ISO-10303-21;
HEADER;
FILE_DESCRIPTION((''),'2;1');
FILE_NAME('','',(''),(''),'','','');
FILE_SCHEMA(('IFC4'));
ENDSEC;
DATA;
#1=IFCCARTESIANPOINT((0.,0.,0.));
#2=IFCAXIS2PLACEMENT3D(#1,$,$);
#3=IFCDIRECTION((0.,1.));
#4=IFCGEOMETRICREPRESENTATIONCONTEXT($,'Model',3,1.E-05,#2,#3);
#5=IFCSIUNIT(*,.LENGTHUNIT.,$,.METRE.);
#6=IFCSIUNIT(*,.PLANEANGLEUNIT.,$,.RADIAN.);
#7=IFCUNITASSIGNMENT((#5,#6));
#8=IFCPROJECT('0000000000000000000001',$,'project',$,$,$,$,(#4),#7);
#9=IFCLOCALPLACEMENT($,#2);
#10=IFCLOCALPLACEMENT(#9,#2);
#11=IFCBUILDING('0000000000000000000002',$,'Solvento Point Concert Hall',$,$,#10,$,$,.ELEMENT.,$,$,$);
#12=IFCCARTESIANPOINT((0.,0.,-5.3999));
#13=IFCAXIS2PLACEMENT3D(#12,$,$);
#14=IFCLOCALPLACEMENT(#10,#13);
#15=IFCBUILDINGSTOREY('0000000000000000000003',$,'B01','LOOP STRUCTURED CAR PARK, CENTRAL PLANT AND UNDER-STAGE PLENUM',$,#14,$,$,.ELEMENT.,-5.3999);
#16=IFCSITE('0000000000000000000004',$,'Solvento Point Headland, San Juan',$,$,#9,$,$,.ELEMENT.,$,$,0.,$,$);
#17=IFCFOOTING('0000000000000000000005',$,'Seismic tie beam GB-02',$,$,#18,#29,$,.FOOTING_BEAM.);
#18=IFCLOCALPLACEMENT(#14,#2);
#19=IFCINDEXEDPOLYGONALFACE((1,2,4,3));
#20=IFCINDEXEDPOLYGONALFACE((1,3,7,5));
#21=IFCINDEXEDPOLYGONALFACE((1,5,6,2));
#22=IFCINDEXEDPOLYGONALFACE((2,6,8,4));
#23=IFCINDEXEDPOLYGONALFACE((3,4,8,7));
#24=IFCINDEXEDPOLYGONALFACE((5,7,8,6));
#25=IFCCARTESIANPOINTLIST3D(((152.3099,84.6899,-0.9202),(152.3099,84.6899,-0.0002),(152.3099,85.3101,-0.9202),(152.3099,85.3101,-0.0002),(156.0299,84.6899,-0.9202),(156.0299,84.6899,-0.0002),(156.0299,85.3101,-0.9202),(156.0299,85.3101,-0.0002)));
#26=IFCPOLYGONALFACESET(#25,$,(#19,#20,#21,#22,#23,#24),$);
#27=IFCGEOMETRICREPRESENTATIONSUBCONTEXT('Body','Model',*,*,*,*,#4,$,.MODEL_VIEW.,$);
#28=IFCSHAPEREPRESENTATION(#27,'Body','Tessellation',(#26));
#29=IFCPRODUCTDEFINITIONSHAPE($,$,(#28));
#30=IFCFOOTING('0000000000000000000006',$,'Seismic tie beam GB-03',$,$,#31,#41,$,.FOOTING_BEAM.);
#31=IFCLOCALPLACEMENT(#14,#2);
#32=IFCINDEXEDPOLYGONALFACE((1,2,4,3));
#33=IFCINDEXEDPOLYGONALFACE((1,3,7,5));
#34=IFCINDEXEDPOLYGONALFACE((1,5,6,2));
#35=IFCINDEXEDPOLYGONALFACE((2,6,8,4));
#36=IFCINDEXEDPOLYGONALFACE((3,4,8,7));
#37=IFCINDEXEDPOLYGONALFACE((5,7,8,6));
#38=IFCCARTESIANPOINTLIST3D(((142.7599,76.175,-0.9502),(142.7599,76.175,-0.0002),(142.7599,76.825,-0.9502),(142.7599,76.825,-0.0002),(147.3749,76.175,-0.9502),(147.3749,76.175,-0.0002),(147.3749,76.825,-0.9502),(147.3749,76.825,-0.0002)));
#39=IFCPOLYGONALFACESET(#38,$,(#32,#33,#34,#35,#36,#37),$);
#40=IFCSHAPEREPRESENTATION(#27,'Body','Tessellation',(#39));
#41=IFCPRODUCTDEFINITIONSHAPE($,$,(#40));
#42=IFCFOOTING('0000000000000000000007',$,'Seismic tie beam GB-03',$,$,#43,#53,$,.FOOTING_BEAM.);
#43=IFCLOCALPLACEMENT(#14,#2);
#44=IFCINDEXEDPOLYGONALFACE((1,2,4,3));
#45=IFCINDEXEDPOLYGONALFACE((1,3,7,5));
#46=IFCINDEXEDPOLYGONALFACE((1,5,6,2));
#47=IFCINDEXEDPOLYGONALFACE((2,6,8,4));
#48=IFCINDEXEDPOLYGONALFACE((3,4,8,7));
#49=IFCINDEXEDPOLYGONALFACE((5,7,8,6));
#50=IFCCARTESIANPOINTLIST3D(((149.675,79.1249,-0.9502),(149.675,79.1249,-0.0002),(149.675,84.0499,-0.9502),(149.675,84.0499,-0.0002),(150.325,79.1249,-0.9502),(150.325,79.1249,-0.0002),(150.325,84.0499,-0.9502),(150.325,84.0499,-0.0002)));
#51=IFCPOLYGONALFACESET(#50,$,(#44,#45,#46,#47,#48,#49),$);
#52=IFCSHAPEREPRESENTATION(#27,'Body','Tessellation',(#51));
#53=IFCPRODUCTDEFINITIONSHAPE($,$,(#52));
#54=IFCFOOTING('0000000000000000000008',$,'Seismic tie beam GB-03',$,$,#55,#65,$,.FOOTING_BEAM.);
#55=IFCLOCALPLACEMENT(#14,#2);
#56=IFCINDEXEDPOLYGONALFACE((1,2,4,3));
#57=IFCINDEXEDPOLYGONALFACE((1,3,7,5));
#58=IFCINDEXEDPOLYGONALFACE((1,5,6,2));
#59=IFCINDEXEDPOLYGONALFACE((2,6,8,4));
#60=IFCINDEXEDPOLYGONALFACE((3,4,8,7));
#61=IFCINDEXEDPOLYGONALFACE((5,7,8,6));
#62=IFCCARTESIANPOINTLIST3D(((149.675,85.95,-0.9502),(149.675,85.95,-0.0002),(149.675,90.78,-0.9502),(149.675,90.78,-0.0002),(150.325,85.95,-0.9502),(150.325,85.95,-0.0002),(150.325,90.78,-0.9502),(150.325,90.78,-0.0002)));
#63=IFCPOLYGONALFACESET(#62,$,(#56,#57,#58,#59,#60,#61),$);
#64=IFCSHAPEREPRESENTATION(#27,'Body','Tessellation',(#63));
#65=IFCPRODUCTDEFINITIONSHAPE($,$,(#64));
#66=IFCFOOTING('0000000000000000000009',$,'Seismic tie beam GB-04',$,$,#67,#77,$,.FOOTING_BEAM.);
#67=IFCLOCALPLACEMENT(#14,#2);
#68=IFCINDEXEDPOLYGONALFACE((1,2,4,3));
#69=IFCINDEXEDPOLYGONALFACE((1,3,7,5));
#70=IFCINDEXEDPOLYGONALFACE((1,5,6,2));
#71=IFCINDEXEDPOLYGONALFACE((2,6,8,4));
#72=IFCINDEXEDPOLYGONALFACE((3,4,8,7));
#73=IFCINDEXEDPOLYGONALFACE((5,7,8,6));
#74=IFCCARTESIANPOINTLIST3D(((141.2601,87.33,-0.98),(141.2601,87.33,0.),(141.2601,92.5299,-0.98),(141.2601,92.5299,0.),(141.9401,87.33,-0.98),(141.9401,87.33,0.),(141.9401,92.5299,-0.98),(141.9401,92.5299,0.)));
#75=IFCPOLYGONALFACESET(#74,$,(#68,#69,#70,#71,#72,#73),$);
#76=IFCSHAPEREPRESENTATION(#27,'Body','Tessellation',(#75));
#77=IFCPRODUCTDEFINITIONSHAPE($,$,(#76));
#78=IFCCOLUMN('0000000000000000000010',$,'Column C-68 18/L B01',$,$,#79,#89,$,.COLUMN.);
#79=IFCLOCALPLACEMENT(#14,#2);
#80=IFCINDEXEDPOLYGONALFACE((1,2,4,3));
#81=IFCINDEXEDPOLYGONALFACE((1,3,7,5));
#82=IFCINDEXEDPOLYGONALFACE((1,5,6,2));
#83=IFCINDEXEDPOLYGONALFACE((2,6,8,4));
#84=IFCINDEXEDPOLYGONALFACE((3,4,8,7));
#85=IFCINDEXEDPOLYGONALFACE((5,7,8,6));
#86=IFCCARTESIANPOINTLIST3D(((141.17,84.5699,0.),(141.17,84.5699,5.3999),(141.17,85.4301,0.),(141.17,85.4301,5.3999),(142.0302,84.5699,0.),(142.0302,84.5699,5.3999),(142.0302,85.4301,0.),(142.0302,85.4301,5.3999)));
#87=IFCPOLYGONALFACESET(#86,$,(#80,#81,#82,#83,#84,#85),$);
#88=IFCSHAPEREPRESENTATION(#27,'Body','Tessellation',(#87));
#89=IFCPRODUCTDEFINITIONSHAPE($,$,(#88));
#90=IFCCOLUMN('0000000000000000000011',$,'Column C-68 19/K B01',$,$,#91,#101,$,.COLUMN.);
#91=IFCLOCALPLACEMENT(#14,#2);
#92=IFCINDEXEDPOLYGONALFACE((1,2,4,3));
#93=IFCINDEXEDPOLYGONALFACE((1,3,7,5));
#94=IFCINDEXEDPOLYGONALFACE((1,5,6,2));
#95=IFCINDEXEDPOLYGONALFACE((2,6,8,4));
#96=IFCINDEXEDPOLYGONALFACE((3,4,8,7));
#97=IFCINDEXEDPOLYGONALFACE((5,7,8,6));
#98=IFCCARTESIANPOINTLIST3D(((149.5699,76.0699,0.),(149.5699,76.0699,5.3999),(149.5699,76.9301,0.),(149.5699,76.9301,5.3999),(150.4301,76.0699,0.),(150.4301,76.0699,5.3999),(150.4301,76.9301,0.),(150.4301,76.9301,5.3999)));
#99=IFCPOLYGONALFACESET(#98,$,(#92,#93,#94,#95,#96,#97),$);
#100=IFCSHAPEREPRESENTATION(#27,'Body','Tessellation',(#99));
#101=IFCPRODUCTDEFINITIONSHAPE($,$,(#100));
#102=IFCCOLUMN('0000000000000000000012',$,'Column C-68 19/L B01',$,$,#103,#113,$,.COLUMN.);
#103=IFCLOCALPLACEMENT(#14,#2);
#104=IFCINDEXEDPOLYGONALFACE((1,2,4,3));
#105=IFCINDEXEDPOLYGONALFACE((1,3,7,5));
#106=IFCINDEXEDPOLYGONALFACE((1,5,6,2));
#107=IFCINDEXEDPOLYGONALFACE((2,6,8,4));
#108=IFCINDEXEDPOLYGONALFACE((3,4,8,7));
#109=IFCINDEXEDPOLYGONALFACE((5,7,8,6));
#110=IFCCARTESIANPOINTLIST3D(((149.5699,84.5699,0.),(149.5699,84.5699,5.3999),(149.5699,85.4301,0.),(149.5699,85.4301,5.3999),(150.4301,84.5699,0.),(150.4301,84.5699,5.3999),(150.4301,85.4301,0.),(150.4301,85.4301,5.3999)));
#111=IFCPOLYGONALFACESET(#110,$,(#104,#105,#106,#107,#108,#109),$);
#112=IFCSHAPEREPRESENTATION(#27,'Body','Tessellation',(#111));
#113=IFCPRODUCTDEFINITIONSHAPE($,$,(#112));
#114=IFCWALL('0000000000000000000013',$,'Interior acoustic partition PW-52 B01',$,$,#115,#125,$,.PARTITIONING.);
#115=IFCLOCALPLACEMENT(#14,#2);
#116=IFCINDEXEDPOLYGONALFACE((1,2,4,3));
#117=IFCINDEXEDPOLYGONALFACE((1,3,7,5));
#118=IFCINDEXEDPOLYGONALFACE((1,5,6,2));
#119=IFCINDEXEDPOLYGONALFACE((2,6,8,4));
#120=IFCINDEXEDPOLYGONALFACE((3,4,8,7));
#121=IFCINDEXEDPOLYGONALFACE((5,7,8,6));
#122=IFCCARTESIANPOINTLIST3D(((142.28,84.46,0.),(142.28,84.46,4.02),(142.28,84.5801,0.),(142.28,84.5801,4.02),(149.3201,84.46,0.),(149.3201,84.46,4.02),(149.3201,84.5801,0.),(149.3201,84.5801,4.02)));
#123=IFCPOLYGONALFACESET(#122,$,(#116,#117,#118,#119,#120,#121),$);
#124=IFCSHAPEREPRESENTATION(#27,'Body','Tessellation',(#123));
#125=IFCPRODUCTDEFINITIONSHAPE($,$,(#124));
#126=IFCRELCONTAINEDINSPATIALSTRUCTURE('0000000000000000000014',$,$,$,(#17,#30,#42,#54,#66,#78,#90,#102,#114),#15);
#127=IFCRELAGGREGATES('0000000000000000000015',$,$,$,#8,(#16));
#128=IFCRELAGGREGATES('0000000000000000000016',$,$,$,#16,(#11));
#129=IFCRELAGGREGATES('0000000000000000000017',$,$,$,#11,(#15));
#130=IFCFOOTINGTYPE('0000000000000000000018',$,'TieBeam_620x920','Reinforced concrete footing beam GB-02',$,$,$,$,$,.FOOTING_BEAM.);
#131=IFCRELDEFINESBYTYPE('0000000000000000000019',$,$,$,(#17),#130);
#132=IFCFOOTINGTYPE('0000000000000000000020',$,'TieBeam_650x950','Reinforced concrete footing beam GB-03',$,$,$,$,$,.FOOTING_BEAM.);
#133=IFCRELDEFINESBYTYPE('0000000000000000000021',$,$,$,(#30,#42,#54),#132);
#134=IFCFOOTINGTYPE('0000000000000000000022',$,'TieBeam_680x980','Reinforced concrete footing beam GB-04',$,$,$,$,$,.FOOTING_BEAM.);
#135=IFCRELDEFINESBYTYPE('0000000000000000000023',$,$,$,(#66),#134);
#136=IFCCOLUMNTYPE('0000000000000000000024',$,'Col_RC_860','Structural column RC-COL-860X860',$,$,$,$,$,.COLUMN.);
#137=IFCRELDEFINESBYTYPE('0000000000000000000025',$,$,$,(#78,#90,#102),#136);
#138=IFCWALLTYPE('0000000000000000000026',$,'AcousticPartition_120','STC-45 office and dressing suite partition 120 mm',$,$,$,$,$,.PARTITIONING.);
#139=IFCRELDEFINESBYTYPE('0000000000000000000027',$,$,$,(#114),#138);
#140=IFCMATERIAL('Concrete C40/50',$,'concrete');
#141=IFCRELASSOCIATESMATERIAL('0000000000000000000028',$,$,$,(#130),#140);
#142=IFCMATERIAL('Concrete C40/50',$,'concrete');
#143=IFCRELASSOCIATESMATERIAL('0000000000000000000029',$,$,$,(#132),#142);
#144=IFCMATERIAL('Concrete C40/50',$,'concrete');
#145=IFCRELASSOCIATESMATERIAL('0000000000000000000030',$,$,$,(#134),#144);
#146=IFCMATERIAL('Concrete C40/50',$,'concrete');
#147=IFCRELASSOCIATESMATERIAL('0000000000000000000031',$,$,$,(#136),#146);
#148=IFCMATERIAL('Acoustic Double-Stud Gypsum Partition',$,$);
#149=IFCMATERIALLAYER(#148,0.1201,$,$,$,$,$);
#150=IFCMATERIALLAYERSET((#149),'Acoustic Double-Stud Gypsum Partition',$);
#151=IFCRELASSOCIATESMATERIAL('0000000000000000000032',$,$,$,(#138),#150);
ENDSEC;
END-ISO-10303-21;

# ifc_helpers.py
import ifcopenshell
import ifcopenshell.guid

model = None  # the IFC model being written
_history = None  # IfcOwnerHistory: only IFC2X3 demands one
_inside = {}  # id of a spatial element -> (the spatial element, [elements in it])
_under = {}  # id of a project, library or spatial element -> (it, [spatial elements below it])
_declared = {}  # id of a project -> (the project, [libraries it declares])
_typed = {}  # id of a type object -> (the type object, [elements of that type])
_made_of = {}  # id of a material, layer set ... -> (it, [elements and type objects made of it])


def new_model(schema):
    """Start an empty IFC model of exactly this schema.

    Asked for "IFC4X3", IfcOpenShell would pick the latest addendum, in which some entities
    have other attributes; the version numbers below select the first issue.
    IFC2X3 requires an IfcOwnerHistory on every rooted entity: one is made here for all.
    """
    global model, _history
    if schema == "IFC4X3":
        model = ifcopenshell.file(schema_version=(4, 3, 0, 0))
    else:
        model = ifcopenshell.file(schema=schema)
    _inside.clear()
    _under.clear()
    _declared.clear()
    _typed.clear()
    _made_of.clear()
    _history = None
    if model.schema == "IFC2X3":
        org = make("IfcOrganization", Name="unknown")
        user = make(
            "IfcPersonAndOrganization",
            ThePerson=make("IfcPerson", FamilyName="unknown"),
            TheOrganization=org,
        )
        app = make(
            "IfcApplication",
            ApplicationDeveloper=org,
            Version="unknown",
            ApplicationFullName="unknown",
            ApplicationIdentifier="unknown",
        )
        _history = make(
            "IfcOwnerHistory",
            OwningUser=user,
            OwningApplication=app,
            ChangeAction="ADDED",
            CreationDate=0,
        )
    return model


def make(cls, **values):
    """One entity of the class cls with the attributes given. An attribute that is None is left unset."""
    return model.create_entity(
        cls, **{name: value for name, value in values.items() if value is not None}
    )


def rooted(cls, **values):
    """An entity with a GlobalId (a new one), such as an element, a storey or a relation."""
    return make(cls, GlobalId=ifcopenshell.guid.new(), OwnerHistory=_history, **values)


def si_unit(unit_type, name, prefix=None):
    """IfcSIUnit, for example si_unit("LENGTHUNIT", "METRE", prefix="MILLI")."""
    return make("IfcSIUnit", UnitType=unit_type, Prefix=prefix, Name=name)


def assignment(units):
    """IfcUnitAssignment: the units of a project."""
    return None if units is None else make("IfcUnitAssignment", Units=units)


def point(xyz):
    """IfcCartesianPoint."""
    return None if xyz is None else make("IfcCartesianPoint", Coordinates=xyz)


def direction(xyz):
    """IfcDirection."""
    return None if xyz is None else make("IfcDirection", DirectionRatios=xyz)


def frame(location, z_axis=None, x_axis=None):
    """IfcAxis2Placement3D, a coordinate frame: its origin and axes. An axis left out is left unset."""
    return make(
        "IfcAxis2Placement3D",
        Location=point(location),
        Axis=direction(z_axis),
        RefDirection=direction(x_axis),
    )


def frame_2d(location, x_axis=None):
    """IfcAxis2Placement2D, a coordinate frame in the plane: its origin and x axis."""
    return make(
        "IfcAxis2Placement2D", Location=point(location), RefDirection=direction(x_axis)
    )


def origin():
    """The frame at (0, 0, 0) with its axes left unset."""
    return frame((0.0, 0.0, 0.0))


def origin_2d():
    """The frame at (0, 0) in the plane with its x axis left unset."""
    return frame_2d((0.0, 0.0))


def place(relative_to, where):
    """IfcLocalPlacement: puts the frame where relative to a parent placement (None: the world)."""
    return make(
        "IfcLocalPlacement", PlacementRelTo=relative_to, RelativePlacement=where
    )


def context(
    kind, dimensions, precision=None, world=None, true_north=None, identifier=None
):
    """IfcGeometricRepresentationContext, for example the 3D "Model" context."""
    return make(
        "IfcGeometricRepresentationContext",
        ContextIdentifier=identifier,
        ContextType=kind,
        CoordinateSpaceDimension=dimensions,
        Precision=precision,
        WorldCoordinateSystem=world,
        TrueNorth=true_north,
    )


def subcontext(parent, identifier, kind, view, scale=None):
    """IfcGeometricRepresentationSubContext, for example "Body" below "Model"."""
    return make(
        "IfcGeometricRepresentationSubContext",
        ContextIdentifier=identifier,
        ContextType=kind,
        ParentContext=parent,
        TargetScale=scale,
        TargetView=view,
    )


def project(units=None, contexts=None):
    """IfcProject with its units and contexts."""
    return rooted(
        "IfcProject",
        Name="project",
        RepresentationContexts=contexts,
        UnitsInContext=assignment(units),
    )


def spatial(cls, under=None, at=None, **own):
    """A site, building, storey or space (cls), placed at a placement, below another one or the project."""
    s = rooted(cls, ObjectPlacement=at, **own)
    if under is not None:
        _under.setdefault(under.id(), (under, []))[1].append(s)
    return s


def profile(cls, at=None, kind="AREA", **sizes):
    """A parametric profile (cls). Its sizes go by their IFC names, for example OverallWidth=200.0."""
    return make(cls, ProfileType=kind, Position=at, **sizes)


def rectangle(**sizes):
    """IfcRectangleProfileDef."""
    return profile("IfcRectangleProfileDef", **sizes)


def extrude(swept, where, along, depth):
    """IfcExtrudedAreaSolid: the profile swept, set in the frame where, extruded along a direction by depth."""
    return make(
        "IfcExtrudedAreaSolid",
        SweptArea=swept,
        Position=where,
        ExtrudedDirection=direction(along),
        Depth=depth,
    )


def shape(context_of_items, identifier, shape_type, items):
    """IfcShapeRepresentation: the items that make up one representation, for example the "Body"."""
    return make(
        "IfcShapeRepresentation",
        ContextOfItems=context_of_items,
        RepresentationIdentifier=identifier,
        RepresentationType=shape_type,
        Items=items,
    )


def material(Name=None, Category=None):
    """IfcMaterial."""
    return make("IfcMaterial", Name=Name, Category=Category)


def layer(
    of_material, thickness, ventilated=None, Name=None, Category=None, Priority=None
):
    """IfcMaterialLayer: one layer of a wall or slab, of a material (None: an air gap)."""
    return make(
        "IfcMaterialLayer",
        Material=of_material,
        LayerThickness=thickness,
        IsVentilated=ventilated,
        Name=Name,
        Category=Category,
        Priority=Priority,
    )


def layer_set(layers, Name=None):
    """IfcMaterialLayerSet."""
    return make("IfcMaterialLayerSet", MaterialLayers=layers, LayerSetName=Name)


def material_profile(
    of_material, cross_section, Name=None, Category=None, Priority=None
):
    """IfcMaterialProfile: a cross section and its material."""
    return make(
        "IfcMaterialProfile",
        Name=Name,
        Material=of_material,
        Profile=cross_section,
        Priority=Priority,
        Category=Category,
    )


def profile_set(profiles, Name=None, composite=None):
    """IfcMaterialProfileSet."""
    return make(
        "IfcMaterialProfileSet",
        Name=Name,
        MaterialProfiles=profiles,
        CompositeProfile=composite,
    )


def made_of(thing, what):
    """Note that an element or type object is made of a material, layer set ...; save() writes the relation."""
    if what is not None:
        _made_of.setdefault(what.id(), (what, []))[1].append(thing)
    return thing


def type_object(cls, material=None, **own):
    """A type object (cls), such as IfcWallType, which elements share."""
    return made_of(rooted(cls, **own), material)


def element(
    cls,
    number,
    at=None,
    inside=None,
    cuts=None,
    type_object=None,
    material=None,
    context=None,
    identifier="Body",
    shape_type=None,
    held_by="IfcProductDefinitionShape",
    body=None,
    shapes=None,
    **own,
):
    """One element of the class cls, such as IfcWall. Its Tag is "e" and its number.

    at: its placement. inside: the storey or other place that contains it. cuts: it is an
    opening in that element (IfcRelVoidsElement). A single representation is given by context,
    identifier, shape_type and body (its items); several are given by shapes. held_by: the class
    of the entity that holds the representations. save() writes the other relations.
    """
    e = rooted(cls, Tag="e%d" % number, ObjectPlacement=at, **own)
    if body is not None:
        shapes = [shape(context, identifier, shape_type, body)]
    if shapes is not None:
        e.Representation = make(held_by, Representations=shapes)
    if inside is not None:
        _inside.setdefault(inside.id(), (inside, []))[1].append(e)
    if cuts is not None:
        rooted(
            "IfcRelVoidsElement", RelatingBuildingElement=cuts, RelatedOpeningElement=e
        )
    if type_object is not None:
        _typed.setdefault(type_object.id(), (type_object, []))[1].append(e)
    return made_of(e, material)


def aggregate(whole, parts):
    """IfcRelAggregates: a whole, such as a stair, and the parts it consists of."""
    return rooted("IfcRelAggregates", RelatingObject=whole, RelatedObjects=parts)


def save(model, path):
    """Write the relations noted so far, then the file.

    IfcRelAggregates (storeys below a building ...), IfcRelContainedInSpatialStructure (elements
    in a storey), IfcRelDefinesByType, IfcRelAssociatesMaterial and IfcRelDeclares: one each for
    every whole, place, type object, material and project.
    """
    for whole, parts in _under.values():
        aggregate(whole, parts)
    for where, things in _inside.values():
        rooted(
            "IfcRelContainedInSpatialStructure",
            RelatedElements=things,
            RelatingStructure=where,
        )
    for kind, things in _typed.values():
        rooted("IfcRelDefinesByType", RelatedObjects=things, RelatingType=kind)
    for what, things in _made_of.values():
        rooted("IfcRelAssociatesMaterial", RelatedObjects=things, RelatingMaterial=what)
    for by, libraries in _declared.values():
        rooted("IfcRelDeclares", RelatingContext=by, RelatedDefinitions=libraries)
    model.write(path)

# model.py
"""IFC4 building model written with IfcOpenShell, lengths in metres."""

from ifc_helpers import new_model, si_unit, direction, frame, frame_2d, origin, origin_2d, place, context, subcontext, project, spatial, rectangle, extrude, material, layer, layer_set, material_profile, profile_set, type_object, element, save


model = new_model("IFC4")

# Units and contexts
model_context = context("Model", 3, precision=1e-05, world=origin(), true_north=direction((0.0, 1.0)))
body_context = subcontext(model_context, "Body", "Model", "MODEL_VIEW")
ifc_project = project(units=[si_unit("LENGTHUNIT", "METRE"), si_unit("PLANEANGLEUNIT", "RADIAN")], contexts=[model_context])

# Site, building, storey
site_placement = place(None, origin())
site = spatial("IfcSite", under=ifc_project, at=site_placement, Name="Solvento Point Headland, San Juan", CompositionType="ELEMENT", RefElevation=0.0)
building_placement = place(site_placement, origin())
building = spatial("IfcBuilding", under=site, at=building_placement, Name="Solvento Point Concert Hall", CompositionType="ELEMENT")
storey_placement = place(building_placement, frame((0.0, 0.0, -5.3999)))
storey = spatial("IfcBuildingStorey", under=building, at=storey_placement, Name="B01", Description="LOOP STRUCTURED CAR PARK, CENTRAL PLANT AND UNDER-STAGE PLENUM", CompositionType="ELEMENT", Elevation=-5.3999)

# Footings
ifc_material_1 = material(Name="Concrete C40/50", Category="concrete")
footing_type_1 = type_object("IfcFootingType", Name="TieBeam_620x920", Description="Reinforced concrete footing beam GB-02", PredefinedType="FOOTING_BEAM", material=ifc_material_1)
footing_1_placement = place(storey_placement, frame((154.1699, 85.0, -0.9202), z_axis=(0.0, 0.0, 1.0), x_axis=(1.0, 0.0, 0.0)))
element("IfcFooting", 1, at=footing_1_placement, inside=storey, type_object=footing_type_1, Name="Seismic tie beam GB-02", PredefinedType="FOOTING_BEAM", context=body_context, shape_type="SweptSolid", body=[
    extrude(rectangle(XDim=3.72, YDim=0.6201, at=origin_2d()), origin(), (0.0, 0.0, 1.0), 0.9199),
])
ifc_material_2 = material(Name="Concrete C40/50", Category="concrete")
footing_type_2 = type_object("IfcFootingType", Name="TieBeam_650x950", Description="Reinforced concrete footing beam GB-03", PredefinedType="FOOTING_BEAM", material=ifc_material_2)
footing_2_placement = place(storey_placement, frame((145.0674, 76.5, -0.9502), z_axis=(0.0, 0.0, 1.0), x_axis=(1.0, 0.0, 0.0)))
element("IfcFooting", 2, at=footing_2_placement, inside=storey, type_object=footing_type_2, Name="Seismic tie beam GB-03", PredefinedType="FOOTING_BEAM", context=body_context, shape_type="SweptSolid", body=[
    extrude(rectangle(XDim=4.615, YDim=0.6499, at=origin_2d()), origin(), (0.0, 0.0, 1.0), 0.95),
])
footing_3_placement = place(storey_placement, frame((150.0, 81.5874, -0.9502), z_axis=(0.0, 0.0, 1.0), x_axis=(0.0, 1.0, 0.0)))
element("IfcFooting", 3, at=footing_3_placement, inside=storey, type_object=footing_type_2, Name="Seismic tie beam GB-03", PredefinedType="FOOTING_BEAM", context=body_context, shape_type="SweptSolid", body=[
    extrude(rectangle(XDim=4.925, YDim=0.6499, at=origin_2d()), origin(), (0.0, 0.0, 1.0), 0.95),
])
footing_4_placement = place(storey_placement, frame((150.0, 88.365, -0.9502), z_axis=(0.0, 0.0, 1.0), x_axis=(0.0, 1.0, 0.0)))
element("IfcFooting", 4, at=footing_4_placement, inside=storey, type_object=footing_type_2, Name="Seismic tie beam GB-03", PredefinedType="FOOTING_BEAM", context=body_context, shape_type="SweptSolid", body=[
    extrude(rectangle(XDim=4.8301, YDim=0.6499, at=origin_2d()), origin(), (0.0, 0.0, 1.0), 0.95),
])
ifc_material_3 = material(Name="Concrete C40/50", Category="concrete")
footing_type_3 = type_object("IfcFootingType", Name="TieBeam_680x980", Description="Reinforced concrete footing beam GB-04", PredefinedType="FOOTING_BEAM", material=ifc_material_3)
footing_5_placement = place(storey_placement, frame((141.6001, 89.9299, -0.98), z_axis=(0.0, 0.0, 1.0), x_axis=(0.0, 1.0, 0.0)))
element("IfcFooting", 5, at=footing_5_placement, inside=storey, type_object=footing_type_3, Name="Seismic tie beam GB-04", PredefinedType="FOOTING_BEAM", context=body_context, shape_type="SweptSolid", body=[
    extrude(rectangle(XDim=5.2, YDim=0.6799, at=origin_2d()), origin(), (0.0, 0.0, 1.0), 0.98),
])

# Columns
ifc_material_4 = material(Name="Concrete C40/50", Category="concrete")
ifc_material_profile_1 = material_profile(ifc_material_4, rectangle(XDim=0.8601, YDim=0.8601, at=origin_2d()), Name="RC-COL-860X860")
ifc_profile_set_1 = profile_set([ifc_material_profile_1], Name="Concrete C40/50")
column_type = type_object("IfcColumnType", Name="Col_RC_860", Description="Structural column RC-COL-860X860", PredefinedType="COLUMN", material=ifc_profile_set_1)
for number, where, z_axis, x_axis, name in (
    (6, (141.6001, 85.0, 0.0), (0.0, 0.0, 1.0), (1.0, 0.0, 0.0), "Column C-68 18/L B01"),
    (7, (150.0, 76.5, 0.0), (0.0, 0.0, 1.0), (1.0, 0.0, 0.0), "Column C-68 19/K B01"),
    (8, (150.0, 85.0, 0.0), (0.0, 0.0, 1.0), (1.0, 0.0, 0.0), "Column C-68 19/L B01"),
):
    element("IfcColumn", number, at=place(storey_placement, frame(where, z_axis=z_axis, x_axis=x_axis)), inside=storey, type_object=column_type, Name=name, PredefinedType="COLUMN", context=body_context, shape_type="SweptSolid", body=[
        extrude(rectangle(XDim=0.8601, YDim=0.8601, at=origin_2d()), origin(), (0.0, 0.0, 1.0), 5.3999),
    ])

# Wall
ifc_material_5 = material(Name="Acoustic Double-Stud Gypsum Partition")
ifc_layer = layer(ifc_material_5, 0.1201)
ifc_layer_set = layer_set([ifc_layer], Name="Acoustic Double-Stud Gypsum Partition")
wall_type = type_object("IfcWallType", Name="AcousticPartition_120", Description="STC-45 office and dressing suite partition 120 mm", PredefinedType="PARTITIONING", material=ifc_layer_set)
wall_placement = place(storey_placement, frame((149.3201, 84.52, 0.0), z_axis=(0.0, 0.0, 1.0), x_axis=(-1.0, 0.0, 0.0)))
element("IfcWall", 9, at=wall_placement, inside=storey, type_object=wall_type, Name="Interior acoustic partition PW-52 B01", PredefinedType="PARTITIONING", context=body_context, shape_type="SweptSolid", body=[
    extrude(rectangle(XDim=7.04, YDim=0.1201, at=frame_2d((3.52, 0.0))), origin(), (0.0, 0.0, 1.0), 4.02),
])

save(model, "model.ifc")
